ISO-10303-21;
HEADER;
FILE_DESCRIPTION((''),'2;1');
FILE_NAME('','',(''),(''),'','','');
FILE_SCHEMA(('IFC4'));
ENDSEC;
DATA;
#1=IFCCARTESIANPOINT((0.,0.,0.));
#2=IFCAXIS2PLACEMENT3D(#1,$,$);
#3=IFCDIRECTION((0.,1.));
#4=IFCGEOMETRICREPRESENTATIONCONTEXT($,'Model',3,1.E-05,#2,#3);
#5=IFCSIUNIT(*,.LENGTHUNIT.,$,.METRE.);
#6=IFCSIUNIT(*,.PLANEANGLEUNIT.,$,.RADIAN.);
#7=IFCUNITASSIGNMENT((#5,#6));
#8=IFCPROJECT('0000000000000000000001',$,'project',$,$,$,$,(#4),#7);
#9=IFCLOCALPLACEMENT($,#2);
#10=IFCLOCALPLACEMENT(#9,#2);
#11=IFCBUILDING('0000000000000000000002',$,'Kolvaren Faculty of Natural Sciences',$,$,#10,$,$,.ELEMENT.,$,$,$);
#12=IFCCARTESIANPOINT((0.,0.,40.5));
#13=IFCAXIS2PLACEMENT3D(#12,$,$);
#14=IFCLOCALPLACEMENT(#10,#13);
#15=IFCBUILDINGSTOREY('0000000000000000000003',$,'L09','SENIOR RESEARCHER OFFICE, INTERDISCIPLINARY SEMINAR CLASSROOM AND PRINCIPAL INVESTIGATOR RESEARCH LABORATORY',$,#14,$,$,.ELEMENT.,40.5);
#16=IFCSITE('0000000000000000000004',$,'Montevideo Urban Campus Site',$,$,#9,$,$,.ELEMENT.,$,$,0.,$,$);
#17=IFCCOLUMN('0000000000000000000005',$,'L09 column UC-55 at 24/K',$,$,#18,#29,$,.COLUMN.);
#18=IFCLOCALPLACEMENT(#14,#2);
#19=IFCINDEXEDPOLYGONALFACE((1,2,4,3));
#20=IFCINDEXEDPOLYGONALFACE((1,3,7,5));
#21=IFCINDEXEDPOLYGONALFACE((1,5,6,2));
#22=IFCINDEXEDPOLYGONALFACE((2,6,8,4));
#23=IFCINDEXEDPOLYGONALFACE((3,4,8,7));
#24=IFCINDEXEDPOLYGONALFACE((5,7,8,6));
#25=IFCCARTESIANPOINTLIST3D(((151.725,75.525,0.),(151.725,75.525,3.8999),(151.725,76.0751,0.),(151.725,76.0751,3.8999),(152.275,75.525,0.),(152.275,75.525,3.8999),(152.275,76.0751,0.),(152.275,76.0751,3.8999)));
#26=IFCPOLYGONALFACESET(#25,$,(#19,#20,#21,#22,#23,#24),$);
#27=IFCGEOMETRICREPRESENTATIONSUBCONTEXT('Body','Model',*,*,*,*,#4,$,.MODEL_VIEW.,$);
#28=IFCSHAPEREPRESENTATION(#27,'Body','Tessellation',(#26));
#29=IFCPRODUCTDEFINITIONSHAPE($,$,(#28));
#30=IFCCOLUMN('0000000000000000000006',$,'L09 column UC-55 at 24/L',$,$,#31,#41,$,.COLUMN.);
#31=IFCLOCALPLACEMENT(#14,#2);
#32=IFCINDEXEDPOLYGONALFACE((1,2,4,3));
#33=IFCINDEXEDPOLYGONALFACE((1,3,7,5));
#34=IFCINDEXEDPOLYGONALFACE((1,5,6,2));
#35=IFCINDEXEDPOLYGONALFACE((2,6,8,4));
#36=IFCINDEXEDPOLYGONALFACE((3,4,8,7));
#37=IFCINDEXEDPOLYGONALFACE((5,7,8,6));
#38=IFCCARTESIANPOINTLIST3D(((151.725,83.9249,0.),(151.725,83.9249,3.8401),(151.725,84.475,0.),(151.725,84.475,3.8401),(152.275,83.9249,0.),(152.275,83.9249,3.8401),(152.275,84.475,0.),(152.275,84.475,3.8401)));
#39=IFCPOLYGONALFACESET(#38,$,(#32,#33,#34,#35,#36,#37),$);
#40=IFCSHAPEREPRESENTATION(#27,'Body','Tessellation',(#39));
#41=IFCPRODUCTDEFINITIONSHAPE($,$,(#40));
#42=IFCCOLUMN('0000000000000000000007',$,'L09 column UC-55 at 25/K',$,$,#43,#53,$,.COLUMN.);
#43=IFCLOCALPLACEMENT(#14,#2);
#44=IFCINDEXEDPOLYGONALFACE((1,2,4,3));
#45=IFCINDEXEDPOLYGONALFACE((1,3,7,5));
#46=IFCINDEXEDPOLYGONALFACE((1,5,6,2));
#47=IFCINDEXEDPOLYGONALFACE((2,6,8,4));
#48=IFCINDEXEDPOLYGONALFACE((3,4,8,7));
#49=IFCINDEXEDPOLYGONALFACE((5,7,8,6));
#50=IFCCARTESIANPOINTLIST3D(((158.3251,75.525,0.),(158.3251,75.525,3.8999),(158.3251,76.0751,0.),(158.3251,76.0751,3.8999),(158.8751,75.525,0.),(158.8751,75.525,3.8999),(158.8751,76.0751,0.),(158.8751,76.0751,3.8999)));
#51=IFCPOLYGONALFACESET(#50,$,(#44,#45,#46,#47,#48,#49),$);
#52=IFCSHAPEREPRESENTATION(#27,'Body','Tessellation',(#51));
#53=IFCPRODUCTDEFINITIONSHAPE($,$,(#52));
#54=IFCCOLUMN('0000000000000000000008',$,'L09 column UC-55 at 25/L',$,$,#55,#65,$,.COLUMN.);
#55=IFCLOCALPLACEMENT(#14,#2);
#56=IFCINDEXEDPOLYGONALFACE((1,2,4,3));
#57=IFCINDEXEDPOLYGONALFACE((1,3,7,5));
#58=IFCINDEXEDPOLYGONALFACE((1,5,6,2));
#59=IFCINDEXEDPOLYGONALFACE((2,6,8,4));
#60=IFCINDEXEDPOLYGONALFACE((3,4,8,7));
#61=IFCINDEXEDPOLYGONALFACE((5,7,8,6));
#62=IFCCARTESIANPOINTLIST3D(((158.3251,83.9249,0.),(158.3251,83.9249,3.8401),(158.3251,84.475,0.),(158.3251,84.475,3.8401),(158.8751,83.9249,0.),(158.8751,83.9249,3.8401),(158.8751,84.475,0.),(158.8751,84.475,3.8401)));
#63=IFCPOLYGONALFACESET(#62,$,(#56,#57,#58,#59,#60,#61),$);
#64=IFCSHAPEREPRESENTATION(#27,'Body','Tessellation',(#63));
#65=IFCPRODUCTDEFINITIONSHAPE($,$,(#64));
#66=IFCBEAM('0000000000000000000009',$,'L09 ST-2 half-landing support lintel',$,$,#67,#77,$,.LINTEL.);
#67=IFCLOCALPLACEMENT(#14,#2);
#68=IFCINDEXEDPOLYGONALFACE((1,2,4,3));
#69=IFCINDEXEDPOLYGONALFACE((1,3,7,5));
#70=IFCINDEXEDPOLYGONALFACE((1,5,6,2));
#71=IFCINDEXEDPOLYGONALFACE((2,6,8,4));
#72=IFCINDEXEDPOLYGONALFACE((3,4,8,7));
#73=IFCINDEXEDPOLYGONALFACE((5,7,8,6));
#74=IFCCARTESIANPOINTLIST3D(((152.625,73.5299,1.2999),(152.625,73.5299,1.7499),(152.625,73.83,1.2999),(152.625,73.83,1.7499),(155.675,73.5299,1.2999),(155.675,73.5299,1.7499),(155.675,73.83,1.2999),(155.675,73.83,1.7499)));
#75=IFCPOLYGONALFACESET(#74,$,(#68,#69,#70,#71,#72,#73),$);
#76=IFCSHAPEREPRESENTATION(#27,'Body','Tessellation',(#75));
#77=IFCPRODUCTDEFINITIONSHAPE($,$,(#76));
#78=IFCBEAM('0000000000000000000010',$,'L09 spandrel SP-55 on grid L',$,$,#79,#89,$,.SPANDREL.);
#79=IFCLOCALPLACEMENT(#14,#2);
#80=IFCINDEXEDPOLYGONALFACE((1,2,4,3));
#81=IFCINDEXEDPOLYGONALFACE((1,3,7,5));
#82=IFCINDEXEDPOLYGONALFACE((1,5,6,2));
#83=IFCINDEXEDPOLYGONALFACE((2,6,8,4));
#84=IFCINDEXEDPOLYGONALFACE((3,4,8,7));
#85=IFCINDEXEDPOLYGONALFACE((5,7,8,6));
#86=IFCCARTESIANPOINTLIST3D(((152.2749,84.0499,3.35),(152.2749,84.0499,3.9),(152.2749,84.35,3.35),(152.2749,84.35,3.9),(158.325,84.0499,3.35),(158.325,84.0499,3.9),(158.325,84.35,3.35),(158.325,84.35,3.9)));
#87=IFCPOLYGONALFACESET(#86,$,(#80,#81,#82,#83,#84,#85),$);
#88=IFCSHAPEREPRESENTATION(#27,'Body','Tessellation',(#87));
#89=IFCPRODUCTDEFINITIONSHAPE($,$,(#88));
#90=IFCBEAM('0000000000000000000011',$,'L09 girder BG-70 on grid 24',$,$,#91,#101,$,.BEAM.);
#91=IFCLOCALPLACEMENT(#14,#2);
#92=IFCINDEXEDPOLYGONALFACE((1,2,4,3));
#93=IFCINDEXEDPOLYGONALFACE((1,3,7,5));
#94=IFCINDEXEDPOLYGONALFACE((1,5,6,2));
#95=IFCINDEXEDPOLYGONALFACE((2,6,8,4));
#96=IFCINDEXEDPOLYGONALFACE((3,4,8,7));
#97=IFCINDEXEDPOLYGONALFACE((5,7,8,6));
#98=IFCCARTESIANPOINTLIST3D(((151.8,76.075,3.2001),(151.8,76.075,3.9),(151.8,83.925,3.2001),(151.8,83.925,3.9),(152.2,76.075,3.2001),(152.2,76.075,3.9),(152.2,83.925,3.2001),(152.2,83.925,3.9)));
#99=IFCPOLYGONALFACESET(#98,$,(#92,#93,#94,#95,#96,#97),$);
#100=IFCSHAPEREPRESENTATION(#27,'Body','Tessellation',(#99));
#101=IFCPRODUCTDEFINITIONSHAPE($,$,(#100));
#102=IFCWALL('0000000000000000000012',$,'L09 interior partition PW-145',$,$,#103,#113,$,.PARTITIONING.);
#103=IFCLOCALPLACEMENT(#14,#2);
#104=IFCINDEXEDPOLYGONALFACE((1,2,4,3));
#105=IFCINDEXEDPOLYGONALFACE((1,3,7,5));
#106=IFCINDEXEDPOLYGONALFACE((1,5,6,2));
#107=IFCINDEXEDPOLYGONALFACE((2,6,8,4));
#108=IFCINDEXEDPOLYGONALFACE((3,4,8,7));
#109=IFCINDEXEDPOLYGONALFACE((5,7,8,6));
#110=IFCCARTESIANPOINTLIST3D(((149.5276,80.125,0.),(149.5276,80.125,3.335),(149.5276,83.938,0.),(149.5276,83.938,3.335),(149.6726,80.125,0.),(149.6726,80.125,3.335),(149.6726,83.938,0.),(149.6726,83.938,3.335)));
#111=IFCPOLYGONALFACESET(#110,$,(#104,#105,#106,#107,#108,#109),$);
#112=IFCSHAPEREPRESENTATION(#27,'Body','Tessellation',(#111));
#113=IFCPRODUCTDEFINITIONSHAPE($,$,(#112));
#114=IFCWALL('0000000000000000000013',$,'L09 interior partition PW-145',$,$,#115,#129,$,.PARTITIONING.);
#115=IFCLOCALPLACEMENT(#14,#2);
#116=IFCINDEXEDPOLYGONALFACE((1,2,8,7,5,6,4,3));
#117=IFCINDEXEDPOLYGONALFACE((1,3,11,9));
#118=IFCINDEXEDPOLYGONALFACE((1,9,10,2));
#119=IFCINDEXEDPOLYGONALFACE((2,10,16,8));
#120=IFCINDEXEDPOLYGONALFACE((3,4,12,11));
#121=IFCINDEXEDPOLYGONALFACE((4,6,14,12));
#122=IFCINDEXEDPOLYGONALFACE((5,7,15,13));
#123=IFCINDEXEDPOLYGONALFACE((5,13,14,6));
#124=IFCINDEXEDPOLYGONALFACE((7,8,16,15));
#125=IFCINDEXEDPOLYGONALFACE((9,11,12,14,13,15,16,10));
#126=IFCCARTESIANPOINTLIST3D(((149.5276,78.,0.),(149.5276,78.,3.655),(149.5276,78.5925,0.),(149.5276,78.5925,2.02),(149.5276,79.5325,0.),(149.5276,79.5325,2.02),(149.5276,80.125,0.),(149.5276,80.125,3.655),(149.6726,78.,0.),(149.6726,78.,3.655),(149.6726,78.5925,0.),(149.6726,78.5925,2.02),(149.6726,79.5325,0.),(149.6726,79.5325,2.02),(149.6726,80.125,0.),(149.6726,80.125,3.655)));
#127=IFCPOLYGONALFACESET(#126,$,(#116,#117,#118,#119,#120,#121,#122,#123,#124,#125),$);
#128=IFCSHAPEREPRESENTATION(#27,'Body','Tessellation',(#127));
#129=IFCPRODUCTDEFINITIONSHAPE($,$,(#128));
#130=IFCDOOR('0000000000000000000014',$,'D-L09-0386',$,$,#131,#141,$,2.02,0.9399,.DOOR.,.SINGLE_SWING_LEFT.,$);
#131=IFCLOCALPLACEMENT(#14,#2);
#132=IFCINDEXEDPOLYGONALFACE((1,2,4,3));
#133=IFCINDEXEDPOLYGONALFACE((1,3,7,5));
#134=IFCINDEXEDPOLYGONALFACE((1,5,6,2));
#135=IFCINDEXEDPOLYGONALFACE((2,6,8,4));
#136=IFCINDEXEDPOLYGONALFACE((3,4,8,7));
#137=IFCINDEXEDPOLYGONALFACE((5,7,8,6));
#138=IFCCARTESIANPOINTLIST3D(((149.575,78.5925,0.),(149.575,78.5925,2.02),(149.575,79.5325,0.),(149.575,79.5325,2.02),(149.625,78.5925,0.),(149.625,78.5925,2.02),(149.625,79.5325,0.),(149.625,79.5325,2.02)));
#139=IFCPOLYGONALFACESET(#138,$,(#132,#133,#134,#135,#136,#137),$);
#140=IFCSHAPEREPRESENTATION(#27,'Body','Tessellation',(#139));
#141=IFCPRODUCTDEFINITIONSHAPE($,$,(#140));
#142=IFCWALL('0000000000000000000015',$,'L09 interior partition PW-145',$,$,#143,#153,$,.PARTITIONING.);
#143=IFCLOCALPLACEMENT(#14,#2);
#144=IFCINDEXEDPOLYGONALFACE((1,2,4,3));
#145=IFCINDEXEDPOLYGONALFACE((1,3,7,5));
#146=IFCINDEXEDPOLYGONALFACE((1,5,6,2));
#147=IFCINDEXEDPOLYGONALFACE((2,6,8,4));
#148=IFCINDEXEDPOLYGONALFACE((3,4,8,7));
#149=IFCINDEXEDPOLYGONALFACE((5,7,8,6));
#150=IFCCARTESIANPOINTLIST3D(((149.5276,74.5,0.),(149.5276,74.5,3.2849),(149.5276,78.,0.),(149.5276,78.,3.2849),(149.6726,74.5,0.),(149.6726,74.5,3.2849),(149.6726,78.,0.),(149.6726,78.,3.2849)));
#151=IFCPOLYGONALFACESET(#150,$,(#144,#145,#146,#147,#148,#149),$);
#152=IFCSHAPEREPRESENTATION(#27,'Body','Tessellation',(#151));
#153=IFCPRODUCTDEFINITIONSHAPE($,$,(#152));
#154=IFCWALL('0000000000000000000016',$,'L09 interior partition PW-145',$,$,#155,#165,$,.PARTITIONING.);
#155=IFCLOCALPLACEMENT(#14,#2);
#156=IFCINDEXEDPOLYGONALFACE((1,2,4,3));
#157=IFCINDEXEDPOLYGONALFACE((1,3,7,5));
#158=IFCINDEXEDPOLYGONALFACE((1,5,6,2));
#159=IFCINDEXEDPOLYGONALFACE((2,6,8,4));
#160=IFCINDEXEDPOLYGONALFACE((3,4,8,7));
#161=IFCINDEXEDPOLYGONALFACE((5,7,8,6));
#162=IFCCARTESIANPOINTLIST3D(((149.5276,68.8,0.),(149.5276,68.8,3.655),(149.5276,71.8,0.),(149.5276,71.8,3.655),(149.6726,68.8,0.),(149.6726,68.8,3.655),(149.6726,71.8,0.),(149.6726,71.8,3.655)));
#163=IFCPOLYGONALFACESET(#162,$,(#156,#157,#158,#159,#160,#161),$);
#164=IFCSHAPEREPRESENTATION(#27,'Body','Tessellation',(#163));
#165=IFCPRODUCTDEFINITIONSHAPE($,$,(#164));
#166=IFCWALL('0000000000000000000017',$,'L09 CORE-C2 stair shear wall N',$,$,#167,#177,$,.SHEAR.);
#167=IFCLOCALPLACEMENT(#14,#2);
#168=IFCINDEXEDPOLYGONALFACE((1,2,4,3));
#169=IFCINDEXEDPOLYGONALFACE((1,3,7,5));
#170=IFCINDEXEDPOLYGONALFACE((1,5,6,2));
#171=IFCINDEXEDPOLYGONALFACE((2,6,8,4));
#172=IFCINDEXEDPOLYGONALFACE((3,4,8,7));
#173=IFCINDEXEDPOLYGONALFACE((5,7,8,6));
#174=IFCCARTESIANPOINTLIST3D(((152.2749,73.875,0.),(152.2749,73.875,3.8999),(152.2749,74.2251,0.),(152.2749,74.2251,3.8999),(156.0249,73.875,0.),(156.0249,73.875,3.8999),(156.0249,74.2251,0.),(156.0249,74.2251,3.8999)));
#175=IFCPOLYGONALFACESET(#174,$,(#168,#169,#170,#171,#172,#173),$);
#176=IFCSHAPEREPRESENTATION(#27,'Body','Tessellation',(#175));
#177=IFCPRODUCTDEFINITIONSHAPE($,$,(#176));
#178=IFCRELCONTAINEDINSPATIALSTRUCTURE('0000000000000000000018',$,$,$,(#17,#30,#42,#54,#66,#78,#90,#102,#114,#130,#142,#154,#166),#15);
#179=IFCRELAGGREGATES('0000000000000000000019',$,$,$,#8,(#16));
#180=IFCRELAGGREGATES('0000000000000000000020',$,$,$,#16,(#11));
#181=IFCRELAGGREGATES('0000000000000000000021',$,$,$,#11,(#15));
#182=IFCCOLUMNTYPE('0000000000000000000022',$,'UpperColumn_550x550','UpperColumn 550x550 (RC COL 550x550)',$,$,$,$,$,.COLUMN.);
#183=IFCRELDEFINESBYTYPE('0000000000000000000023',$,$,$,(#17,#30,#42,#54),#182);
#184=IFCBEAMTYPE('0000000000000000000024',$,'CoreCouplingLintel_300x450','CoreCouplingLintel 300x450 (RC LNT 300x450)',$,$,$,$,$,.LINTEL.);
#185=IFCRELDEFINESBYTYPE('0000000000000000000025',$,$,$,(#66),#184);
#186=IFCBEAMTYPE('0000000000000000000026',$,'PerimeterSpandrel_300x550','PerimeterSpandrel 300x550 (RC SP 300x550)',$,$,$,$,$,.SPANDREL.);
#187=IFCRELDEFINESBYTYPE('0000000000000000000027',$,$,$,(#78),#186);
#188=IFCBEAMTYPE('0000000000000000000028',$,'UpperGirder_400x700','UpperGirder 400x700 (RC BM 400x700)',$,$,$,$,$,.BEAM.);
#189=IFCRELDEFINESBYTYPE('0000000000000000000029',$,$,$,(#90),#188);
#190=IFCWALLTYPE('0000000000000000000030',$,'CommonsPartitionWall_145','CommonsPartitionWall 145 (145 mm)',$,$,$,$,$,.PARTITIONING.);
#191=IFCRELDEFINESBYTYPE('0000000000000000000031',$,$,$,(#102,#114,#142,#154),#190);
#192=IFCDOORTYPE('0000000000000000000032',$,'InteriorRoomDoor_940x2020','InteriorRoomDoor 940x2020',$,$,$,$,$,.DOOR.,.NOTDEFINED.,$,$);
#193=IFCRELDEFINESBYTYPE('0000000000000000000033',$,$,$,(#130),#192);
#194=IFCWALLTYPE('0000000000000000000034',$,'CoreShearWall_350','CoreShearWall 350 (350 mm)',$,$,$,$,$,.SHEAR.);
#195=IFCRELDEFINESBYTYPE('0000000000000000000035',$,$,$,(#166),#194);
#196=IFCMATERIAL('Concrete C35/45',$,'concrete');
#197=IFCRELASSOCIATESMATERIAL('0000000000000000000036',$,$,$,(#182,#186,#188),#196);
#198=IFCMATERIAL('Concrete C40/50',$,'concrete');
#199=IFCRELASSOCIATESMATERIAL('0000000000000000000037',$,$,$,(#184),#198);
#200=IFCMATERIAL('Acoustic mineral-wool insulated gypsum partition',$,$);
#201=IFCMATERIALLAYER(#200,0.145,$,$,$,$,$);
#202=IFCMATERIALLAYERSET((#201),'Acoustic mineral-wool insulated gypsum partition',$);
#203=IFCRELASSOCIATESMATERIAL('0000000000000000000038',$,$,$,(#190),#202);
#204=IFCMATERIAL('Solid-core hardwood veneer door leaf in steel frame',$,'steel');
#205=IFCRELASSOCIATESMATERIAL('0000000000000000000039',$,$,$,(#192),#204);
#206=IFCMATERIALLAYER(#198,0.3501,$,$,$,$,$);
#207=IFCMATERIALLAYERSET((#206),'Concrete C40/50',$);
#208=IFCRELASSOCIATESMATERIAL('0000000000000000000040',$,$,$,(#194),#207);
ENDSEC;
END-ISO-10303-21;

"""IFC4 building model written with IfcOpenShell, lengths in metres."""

from ifc_helpers import new_model, si_unit, direction, frame, frame_2d, origin, origin_2d, place, context, subcontext, project, spatial, rectangle, extrude, material, layer, layer_set, material_profile, profile_set, type_object, element, fill, save


model = new_model("IFC4")

# Units and contexts
model_context = context("Model", 3, precision=1e-05, world=origin(), true_north=direction((0.0, 1.0)))
body_context = subcontext(model_context, "Body", "Model", "MODEL_VIEW")
ifc_project = project(units=[si_unit("LENGTHUNIT", "METRE"), si_unit("PLANEANGLEUNIT", "RADIAN")], contexts=[model_context])

# Site, building, storey
site_placement = place(None, origin())
site = spatial("IfcSite", under=ifc_project, at=site_placement, Name="Montevideo Urban Campus Site", CompositionType="ELEMENT", RefElevation=0.0)
building_placement = place(site_placement, origin())
building = spatial("IfcBuilding", under=site, at=building_placement, Name="Kolvaren Faculty of Natural Sciences", CompositionType="ELEMENT")
storey_placement = place(building_placement, frame((0.0, 0.0, 40.5)))
storey = spatial("IfcBuildingStorey", under=building, at=storey_placement, Name="L09", Description="SENIOR RESEARCHER OFFICE, INTERDISCIPLINARY SEMINAR CLASSROOM AND PRINCIPAL INVESTIGATOR RESEARCH LABORATORY", CompositionType="ELEMENT", Elevation=40.5)

# Columns
ifc_material_1 = material(Name="Concrete C35/45", Category="concrete")
ifc_material_profile_1 = material_profile(ifc_material_1, rectangle(XDim=0.55, YDim=0.55, at=origin_2d()), Name="RC COL 550x550")
ifc_profile_set_1 = profile_set([ifc_material_profile_1], Name="Concrete C35/45")
column_type = type_object("IfcColumnType", Name="UpperColumn_550x550", Description="UpperColumn 550x550 (RC COL 550x550)", PredefinedType="COLUMN", material=ifc_profile_set_1)
column_1_placement = place(storey_placement, frame((152.0, 75.8, 0.0), z_axis=(0.0, 0.0, 1.0), x_axis=(1.0, 0.0, 0.0)))
element("IfcColumn", 1, at=column_1_placement, inside=storey, type_object=column_type, Name="L09 column UC-55 at 24/K", PredefinedType="COLUMN", context=body_context, shape_type="SweptSolid", body=[
    extrude(rectangle(XDim=0.55, YDim=0.55, at=origin_2d()), origin(), (0.0, 0.0, 1.0), 3.8999),
])
column_2_placement = place(storey_placement, frame((152.0, 84.2, 0.0), z_axis=(0.0, 0.0, 1.0), x_axis=(1.0, 0.0, 0.0)))
element("IfcColumn", 2, at=column_2_placement, inside=storey, type_object=column_type, Name="L09 column UC-55 at 24/L", PredefinedType="COLUMN", context=body_context, shape_type="SweptSolid", body=[
    extrude(rectangle(XDim=0.55, YDim=0.55, at=origin_2d()), origin(), (0.0, 0.0, 1.0), 3.8401),
])
column_3_placement = place(storey_placement, frame((158.6001, 75.8, 0.0), z_axis=(0.0, 0.0, 1.0), x_axis=(1.0, 0.0, 0.0)))
element("IfcColumn", 3, at=column_3_placement, inside=storey, type_object=column_type, Name="L09 column UC-55 at 25/K", PredefinedType="COLUMN", context=body_context, shape_type="SweptSolid", body=[
    extrude(rectangle(XDim=0.55, YDim=0.55, at=origin_2d()), origin(), (0.0, 0.0, 1.0), 3.8999),
])
column_4_placement = place(storey_placement, frame((158.6001, 84.2, 0.0), z_axis=(0.0, 0.0, 1.0), x_axis=(1.0, 0.0, 0.0)))
element("IfcColumn", 4, at=column_4_placement, inside=storey, type_object=column_type, Name="L09 column UC-55 at 25/L", PredefinedType="COLUMN", context=body_context, shape_type="SweptSolid", body=[
    extrude(rectangle(XDim=0.55, YDim=0.55, at=origin_2d()), origin(), (0.0, 0.0, 1.0), 3.8401),
])

# Beams
ifc_material_2 = material(Name="Concrete C40/50", Category="concrete")
ifc_material_profile_2 = material_profile(ifc_material_2, rectangle(XDim=0.3, YDim=0.45, at=origin_2d()), Name="RC LNT 300x450")
ifc_profile_set_2 = profile_set([ifc_material_profile_2], Name="Concrete C40/50")
beam_type_1 = type_object("IfcBeamType", Name="CoreCouplingLintel_300x450", Description="CoreCouplingLintel 300x450 (RC LNT 300x450)", PredefinedType="LINTEL", material=ifc_profile_set_2)
beam_1_placement = place(storey_placement, frame((152.625, 73.6799, 1.5249), z_axis=(1.0, 0.0, 0.0), x_axis=(0.0, 1.0, 0.0)))
element("IfcBeam", 5, at=beam_1_placement, inside=storey, type_object=beam_type_1, Name="L09 ST-2 half-landing support lintel", PredefinedType="LINTEL", context=body_context, shape_type="SweptSolid", body=[
    extrude(rectangle(XDim=0.3, YDim=0.45, at=origin_2d()), origin(), (0.0, 0.0, 1.0), 3.05),
])
ifc_material_profile_3 = material_profile(ifc_material_1, rectangle(XDim=0.3, YDim=0.55, at=origin_2d()), Name="RC SP 300x550")
ifc_profile_set_3 = profile_set([ifc_material_profile_3], Name="Concrete C35/45")
beam_type_2 = type_object("IfcBeamType", Name="PerimeterSpandrel_300x550", Description="PerimeterSpandrel 300x550 (RC SP 300x550)", PredefinedType="SPANDREL", material=ifc_profile_set_3)
beam_2_placement = place(storey_placement, frame((152.2749, 84.2, 3.625), z_axis=(1.0, 0.0, 0.0), x_axis=(0.0, 1.0, 0.0)))
element("IfcBeam", 6, at=beam_2_placement, inside=storey, type_object=beam_type_2, Name="L09 spandrel SP-55 on grid L", PredefinedType="SPANDREL", context=body_context, shape_type="SweptSolid", body=[
    extrude(rectangle(XDim=0.3, YDim=0.55, at=origin_2d()), origin(), (0.0, 0.0, 1.0), 6.05),
])
ifc_material_profile_4 = material_profile(ifc_material_1, rectangle(XDim=0.3999, YDim=0.7, at=origin_2d()), Name="RC BM 400x700")
ifc_profile_set_4 = profile_set([ifc_material_profile_4], Name="Concrete C35/45")
beam_type_3 = type_object("IfcBeamType", Name="UpperGirder_400x700", Description="UpperGirder 400x700 (RC BM 400x700)", PredefinedType="BEAM", material=ifc_profile_set_4)
beam_3_placement = place(storey_placement, frame((152.0, 76.075, 3.55), z_axis=(0.0, 1.0, 0.0), x_axis=(-1.0, 0.0, 0.0)))
element("IfcBeam", 7, at=beam_3_placement, inside=storey, type_object=beam_type_3, Name="L09 girder BG-70 on grid 24", PredefinedType="BEAM", context=body_context, shape_type="SweptSolid", body=[
    extrude(rectangle(XDim=0.3999, YDim=0.7, at=origin_2d()), origin(), (0.0, 0.0, 1.0), 7.8501),
])

# Wall
ifc_material_3 = material(Name="Acoustic mineral-wool insulated gypsum partition")
ifc_layer_1 = layer(ifc_material_3, 0.145)
ifc_layer_set_1 = layer_set([ifc_layer_1], Name="Acoustic mineral-wool insulated gypsum partition")
wall_type_1 = type_object("IfcWallType", Name="CommonsPartitionWall_145", Description="CommonsPartitionWall 145 (145 mm)", PredefinedType="PARTITIONING", material=ifc_layer_set_1)
wall_1_placement = place(storey_placement, frame((149.6001, 83.938, 0.0), z_axis=(0.0, 0.0, 1.0), x_axis=(0.0, -1.0, 0.0)))
element("IfcWall", 8, at=wall_1_placement, inside=storey, type_object=wall_type_1, Name="L09 interior partition PW-145", PredefinedType="PARTITIONING", context=body_context, shape_type="SweptSolid", body=[
    extrude(rectangle(XDim=3.813, YDim=0.145, at=frame_2d((1.9065, 0.0))), origin(), (0.0, 0.0, 1.0), 3.335),
])

# Wall, opening, door
wall_2_placement = place(storey_placement, frame((149.6001, 80.125, 0.0), z_axis=(0.0, 0.0, 1.0), x_axis=(0.0, -1.0, 0.0)))
wall_2 = element("IfcWall", 9, at=wall_2_placement, inside=storey, type_object=wall_type_1, Name="L09 interior partition PW-145", PredefinedType="PARTITIONING", context=body_context, shape_type="SweptSolid", body=[
    extrude(rectangle(XDim=2.125, YDim=0.145, at=frame_2d((1.0625, 0.0))), origin(), (0.0, 0.0, 1.0), 3.655),
])
opening_1_placement = place(wall_2_placement, frame((0.5925, 0.0, 0.0)))
opening_1 = element("IfcOpeningElement", 10, at=opening_1_placement, cuts=wall_2, PredefinedType="OPENING", context=body_context, shape_type="SweptSolid", body=[
    extrude(rectangle(XDim=0.9399, YDim=2.02, at=frame_2d((0.47, 1.01))), frame((0.0, 0.0825, 0.0), z_axis=(0.0, -1.0, 0.0), x_axis=(1.0, 0.0, 0.0)), (0.0, 0.0, 1.0), 0.165),
])
ifc_material_4 = material(Name="Solid-core hardwood veneer door leaf in steel frame", Category="steel")
door_type_1 = type_object("IfcDoorType", Name="InteriorRoomDoor_940x2020", Description="InteriorRoomDoor 940x2020", OperationType="NOTDEFINED", PredefinedType="DOOR", material=ifc_material_4)
door_1_placement = place(opening_1_placement, origin())
door_1 = element("IfcDoor", 11, at=door_1_placement, inside=storey, type_object=door_type_1, Name="D-L09-0386", OperationType="SINGLE_SWING_LEFT", OverallHeight=2.02, OverallWidth=0.9399, PredefinedType="DOOR", context=body_context, shape_type="SweptSolid", body=[
    extrude(rectangle(XDim=0.9399, YDim=2.02, at=frame_2d((0.47, 1.01))), frame((0.0, 0.0249, 0.0), z_axis=(0.0, -1.0, 0.0), x_axis=(1.0, 0.0, 0.0)), (0.0, 0.0, 1.0), 0.05),
])
fill(opening_1, door_1)

# Walls
wall_3_placement = place(storey_placement, frame((149.6001, 78.0, 0.0), z_axis=(0.0, 0.0, 1.0), x_axis=(0.0, -1.0, 0.0)))
element("IfcWall", 12, at=wall_3_placement, inside=storey, type_object=wall_type_1, Name="L09 interior partition PW-145", PredefinedType="PARTITIONING", context=body_context, shape_type="SweptSolid", body=[
    extrude(rectangle(XDim=3.5, YDim=0.145, at=frame_2d((1.75, 0.0))), origin(), (0.0, 0.0, 1.0), 3.2849),
])
wall_4_placement = place(storey_placement, frame((149.6001, 71.8, 0.0), z_axis=(0.0, 0.0, 1.0), x_axis=(0.0, -1.0, 0.0)))
element("IfcWall", 13, at=wall_4_placement, inside=storey, type_object=wall_type_1, Name="L09 interior partition PW-145", PredefinedType="PARTITIONING", context=body_context, shape_type="SweptSolid", body=[
    extrude(rectangle(XDim=3.0, YDim=0.145, at=frame_2d((1.5, 0.0))), origin(), (0.0, 0.0, 1.0), 3.655),
])
ifc_layer_2 = layer(ifc_material_2, 0.3501)
ifc_layer_set_2 = layer_set([ifc_layer_2], Name="Concrete C40/50")
wall_type_2 = type_object("IfcWallType", Name="CoreShearWall_350", Description="CoreShearWall 350 (350 mm)", PredefinedType="SHEAR", material=ifc_layer_set_2)
wall_5_placement = place(storey_placement, frame((152.2749, 74.05, 0.0), z_axis=(0.0, 0.0, 1.0), x_axis=(1.0, 0.0, 0.0)))
element("IfcWall", 14, at=wall_5_placement, inside=storey, type_object=wall_type_2, Name="L09 CORE-C2 stair shear wall N", PredefinedType="SHEAR", context=body_context, shape_type="SweptSolid", body=[
    extrude(rectangle(XDim=3.75, YDim=0.3501, at=frame_2d((1.875, 0.0))), origin(), (0.0, 0.0, 1.0), 3.8999),
])

save(model, "model.ifc")
